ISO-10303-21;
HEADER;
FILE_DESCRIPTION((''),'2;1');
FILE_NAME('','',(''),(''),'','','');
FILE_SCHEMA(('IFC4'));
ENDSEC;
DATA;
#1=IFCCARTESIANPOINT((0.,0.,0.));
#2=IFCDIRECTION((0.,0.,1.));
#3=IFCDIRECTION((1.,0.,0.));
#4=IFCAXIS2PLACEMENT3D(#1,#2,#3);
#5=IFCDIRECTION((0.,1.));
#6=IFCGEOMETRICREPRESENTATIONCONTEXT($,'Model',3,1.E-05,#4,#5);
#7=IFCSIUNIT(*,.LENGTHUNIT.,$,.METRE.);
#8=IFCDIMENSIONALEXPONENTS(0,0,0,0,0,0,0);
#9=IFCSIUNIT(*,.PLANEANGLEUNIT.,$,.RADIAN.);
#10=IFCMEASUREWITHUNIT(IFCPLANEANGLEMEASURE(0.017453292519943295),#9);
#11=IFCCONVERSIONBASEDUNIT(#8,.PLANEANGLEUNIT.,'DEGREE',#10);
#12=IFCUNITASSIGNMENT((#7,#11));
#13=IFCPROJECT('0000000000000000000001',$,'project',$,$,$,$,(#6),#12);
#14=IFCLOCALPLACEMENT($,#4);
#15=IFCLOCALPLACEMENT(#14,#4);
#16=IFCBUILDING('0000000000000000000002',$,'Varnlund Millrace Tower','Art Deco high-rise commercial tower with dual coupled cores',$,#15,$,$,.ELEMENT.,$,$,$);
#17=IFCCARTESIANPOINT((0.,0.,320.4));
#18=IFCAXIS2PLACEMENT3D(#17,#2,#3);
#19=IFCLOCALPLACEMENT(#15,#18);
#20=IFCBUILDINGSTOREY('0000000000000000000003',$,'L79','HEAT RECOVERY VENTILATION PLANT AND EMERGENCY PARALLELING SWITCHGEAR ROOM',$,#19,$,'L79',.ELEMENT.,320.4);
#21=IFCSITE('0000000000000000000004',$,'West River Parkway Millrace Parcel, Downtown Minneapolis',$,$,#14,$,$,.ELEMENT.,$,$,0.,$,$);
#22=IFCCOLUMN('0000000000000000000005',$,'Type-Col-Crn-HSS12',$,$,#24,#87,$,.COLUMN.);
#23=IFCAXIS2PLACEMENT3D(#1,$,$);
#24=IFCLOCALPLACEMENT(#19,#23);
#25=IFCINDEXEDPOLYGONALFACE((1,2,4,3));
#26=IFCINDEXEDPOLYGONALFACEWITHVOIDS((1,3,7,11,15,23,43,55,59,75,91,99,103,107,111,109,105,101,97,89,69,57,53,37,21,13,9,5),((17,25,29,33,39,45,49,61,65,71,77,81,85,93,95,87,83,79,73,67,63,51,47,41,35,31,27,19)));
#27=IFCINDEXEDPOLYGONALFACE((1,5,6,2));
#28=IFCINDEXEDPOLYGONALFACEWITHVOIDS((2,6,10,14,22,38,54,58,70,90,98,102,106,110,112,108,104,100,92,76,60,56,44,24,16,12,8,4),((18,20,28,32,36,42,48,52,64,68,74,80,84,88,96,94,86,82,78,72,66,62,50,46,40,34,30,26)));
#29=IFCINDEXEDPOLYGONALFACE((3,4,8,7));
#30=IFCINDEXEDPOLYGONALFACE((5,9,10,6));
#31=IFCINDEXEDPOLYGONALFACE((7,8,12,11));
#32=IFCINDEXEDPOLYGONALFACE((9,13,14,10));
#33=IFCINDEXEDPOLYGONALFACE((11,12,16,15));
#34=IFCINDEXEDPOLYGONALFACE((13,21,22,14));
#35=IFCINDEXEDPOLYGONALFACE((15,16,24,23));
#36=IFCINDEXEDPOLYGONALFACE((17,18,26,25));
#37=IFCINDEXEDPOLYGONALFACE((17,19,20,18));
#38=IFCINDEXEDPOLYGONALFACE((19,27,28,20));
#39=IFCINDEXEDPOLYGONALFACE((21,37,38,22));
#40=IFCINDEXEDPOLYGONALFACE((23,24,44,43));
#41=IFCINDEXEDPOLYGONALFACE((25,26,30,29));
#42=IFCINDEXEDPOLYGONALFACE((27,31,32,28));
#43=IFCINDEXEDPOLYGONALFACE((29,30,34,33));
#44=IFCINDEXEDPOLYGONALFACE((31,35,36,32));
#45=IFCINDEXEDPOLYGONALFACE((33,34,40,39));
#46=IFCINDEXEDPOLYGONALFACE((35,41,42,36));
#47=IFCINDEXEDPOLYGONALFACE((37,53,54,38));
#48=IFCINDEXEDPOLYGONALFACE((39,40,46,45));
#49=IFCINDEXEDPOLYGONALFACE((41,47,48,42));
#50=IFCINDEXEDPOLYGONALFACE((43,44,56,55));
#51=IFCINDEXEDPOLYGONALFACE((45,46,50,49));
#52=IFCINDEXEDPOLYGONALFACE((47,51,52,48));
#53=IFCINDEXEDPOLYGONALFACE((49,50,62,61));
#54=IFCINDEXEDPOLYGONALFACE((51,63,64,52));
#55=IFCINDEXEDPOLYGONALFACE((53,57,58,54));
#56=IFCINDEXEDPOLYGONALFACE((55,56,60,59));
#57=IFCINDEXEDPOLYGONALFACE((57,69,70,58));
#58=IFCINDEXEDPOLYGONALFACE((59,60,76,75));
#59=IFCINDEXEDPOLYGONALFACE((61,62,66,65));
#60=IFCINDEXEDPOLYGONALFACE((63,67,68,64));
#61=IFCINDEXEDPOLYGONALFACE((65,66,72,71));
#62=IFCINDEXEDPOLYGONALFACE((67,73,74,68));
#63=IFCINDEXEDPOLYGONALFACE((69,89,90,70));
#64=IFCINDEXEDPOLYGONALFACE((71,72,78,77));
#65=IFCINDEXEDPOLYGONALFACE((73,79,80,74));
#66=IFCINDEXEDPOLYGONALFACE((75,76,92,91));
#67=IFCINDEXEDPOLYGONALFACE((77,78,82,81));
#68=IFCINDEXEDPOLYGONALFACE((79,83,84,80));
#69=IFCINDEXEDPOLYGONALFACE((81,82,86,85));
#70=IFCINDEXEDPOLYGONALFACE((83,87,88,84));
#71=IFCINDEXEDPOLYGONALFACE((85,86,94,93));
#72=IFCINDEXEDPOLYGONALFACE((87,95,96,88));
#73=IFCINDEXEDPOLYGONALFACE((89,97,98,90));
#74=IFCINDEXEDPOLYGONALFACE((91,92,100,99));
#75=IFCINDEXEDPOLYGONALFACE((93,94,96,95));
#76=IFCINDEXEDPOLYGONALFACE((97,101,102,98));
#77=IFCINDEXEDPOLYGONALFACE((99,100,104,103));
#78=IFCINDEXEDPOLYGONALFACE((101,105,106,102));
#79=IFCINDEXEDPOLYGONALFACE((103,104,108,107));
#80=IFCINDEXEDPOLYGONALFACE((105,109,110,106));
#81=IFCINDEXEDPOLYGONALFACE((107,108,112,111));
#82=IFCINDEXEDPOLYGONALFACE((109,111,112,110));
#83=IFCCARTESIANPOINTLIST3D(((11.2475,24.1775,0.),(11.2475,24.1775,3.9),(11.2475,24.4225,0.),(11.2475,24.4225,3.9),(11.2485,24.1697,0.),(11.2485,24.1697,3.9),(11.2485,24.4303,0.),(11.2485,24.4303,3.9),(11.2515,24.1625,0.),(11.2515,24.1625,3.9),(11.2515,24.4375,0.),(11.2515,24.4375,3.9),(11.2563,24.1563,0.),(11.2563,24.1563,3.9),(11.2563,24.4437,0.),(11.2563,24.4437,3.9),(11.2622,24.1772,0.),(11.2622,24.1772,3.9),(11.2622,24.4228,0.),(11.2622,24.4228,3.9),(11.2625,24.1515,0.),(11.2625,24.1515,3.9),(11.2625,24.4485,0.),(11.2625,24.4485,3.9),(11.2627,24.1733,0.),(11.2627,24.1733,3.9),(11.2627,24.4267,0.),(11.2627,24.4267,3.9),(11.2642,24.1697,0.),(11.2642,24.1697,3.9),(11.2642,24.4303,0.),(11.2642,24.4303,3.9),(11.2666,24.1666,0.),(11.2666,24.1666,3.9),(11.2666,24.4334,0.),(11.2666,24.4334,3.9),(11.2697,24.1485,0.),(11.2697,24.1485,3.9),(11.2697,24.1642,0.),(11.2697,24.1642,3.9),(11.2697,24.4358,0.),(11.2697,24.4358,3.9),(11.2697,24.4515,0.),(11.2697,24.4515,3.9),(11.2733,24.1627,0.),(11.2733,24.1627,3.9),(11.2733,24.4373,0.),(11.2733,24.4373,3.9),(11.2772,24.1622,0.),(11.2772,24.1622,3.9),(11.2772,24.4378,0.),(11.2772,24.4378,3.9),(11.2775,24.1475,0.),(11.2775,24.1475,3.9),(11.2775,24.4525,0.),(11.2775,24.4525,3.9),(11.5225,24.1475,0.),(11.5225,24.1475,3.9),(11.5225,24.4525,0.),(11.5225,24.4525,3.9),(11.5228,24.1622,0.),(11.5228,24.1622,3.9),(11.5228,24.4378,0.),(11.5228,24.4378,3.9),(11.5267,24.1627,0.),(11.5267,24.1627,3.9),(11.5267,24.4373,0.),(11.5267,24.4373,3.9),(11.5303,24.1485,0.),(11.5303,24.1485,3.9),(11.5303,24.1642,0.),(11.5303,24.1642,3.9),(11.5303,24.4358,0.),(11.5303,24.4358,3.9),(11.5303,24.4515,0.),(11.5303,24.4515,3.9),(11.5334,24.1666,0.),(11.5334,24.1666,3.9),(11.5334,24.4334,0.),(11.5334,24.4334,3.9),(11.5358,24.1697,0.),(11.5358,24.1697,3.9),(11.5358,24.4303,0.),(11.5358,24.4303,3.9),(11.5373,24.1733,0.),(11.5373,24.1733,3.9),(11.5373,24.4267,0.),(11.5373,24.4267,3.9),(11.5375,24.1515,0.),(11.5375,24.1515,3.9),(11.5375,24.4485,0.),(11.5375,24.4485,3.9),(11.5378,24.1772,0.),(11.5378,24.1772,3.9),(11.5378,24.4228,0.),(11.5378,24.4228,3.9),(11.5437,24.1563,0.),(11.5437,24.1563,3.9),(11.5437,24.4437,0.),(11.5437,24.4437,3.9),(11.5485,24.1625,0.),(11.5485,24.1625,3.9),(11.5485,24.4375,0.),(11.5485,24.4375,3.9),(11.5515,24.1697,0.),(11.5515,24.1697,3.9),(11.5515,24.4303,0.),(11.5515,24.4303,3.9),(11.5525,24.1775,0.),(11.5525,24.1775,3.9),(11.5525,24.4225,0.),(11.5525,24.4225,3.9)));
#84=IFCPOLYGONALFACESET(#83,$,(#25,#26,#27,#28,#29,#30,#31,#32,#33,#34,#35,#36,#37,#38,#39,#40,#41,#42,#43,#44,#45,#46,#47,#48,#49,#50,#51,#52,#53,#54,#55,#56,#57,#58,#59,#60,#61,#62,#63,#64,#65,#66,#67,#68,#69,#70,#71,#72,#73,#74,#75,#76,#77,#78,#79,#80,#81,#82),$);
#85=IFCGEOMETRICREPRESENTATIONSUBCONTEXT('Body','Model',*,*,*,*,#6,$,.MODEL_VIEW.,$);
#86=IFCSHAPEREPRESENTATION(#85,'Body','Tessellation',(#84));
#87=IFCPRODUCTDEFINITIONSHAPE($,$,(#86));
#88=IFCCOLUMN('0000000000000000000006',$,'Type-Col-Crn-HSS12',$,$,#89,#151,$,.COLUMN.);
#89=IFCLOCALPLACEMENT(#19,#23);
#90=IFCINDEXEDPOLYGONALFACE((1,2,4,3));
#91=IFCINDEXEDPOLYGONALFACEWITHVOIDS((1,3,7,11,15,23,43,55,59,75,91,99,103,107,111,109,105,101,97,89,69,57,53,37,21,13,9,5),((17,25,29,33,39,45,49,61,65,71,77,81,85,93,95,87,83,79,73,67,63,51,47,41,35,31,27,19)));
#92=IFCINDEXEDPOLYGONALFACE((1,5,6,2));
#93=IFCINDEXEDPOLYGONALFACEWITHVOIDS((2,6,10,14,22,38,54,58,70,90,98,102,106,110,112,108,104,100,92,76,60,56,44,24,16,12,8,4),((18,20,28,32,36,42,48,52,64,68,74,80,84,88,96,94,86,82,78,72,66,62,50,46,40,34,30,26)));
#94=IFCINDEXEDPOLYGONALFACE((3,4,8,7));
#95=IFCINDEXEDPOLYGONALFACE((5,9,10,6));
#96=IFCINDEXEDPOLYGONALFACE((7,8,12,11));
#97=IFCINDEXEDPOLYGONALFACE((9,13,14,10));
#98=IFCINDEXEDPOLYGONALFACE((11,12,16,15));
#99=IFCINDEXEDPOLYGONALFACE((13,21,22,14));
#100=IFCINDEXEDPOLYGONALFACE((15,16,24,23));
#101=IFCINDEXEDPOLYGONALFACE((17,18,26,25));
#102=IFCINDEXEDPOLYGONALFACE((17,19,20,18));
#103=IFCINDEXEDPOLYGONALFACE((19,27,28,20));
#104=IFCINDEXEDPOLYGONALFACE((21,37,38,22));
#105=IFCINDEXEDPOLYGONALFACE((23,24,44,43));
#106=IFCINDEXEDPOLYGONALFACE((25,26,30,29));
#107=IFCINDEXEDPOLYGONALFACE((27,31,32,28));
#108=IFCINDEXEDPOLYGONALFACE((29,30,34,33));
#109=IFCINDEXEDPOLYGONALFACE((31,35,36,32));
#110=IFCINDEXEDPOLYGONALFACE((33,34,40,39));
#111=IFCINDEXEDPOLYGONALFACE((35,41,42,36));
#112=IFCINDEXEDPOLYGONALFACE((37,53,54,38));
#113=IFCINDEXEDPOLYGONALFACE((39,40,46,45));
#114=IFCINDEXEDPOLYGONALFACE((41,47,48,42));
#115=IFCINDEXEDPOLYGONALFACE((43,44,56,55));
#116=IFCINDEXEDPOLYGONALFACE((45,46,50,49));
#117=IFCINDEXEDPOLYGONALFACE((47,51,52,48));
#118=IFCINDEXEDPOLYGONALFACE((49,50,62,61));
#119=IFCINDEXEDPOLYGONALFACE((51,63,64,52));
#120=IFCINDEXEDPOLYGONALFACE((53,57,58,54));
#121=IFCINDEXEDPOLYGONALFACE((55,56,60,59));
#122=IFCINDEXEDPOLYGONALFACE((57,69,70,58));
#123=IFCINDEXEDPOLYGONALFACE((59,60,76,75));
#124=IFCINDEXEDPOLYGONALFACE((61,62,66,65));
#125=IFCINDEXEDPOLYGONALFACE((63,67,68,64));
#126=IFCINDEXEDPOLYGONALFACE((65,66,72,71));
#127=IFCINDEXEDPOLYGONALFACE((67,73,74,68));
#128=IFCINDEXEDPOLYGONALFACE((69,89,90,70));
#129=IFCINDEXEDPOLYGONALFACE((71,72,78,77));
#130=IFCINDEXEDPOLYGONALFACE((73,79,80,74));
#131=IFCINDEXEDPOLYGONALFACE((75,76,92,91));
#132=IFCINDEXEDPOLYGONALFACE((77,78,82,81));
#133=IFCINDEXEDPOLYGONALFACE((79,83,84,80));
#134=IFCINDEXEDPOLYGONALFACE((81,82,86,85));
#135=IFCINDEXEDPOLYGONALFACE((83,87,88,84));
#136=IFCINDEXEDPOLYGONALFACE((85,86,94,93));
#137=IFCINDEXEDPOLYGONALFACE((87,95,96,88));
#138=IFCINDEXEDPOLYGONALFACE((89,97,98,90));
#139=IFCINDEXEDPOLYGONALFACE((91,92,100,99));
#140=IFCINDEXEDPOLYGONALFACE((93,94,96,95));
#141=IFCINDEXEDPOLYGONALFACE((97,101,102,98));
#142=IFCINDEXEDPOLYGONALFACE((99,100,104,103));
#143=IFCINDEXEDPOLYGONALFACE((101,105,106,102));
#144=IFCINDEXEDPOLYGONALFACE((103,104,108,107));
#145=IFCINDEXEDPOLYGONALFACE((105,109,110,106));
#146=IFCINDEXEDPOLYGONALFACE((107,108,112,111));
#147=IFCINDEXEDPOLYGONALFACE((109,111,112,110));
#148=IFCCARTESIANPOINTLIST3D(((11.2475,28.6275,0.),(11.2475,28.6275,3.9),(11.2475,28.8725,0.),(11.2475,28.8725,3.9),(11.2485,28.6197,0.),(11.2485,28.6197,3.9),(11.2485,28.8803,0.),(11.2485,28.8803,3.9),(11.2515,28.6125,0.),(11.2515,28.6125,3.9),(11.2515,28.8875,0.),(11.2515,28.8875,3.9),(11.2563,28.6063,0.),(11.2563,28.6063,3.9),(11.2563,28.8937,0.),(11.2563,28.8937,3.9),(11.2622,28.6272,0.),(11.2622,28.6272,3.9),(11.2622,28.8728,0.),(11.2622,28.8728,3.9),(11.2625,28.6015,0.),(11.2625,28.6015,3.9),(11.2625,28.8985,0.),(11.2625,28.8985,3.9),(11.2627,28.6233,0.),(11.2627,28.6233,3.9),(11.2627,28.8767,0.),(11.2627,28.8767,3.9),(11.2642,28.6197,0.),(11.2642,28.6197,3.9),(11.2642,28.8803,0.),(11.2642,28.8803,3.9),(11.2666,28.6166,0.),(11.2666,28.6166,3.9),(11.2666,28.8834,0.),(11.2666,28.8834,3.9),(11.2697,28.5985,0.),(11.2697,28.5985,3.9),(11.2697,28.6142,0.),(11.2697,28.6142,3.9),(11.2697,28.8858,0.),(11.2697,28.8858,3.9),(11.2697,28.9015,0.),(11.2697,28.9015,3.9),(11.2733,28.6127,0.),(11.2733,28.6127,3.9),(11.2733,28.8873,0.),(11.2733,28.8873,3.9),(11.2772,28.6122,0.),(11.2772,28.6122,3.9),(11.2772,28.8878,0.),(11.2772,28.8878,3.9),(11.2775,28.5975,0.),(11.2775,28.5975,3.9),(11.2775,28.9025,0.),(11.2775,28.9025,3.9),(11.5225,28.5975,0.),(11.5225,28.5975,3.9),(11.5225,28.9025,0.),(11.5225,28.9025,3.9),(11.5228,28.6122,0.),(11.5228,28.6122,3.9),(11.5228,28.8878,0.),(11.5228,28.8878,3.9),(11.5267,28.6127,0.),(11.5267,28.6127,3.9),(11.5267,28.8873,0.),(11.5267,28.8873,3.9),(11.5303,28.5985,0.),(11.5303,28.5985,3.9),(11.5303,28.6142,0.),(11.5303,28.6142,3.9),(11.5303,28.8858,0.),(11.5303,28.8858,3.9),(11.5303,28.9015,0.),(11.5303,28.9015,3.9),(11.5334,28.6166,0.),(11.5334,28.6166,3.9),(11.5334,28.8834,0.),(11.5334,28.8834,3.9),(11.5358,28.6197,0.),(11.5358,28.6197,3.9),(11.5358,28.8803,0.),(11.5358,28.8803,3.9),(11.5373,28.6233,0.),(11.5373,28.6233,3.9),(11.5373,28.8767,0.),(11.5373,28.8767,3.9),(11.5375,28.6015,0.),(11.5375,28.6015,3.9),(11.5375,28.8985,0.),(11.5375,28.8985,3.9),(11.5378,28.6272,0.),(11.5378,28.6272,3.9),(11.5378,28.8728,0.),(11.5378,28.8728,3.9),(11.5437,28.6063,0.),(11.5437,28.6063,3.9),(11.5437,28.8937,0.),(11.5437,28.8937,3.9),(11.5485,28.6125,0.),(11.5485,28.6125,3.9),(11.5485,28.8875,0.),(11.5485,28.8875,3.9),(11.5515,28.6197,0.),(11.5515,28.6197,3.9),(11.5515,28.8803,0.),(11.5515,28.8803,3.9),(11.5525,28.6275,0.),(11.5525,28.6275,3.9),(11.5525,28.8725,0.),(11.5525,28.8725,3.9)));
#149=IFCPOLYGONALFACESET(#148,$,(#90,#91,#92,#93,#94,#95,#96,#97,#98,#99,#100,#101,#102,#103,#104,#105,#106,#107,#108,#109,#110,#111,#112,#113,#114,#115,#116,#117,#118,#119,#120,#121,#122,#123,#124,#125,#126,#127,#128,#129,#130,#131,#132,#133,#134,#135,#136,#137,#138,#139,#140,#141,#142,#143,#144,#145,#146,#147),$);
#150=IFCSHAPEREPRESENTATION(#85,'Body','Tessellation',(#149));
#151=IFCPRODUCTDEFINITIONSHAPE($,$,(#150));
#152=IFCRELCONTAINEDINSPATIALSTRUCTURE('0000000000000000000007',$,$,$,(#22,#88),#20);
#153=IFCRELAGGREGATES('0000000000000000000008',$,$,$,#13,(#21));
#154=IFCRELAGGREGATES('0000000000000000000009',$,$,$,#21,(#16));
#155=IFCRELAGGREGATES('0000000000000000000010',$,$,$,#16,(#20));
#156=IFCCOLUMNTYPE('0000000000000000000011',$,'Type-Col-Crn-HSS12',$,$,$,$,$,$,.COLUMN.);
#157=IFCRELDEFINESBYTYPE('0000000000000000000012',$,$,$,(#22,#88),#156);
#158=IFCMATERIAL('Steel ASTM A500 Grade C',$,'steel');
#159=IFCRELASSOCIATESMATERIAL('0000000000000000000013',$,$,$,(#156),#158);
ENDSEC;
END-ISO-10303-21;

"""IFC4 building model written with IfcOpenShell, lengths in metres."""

from ifc_helpers import new_model, entity, si_unit, converted_unit, direction, frame, origin_with_axes, origin_2d_with_axis, place, context, subcontext, project, spatial, hollow_rectangle, extrude, material, material_profile, profile_set, type_object, element, save


model = new_model("IFC4")

# Units and contexts
model_context = context("Model", 3, precision=1e-05, world=origin_with_axes(), true_north=direction((0.0, 1.0)))
body_context = subcontext(model_context, "Body", "Model", "MODEL_VIEW")
ifc_project = project(units=[si_unit("LENGTHUNIT", "METRE"), converted_unit("PLANEANGLEUNIT", "DEGREE", entity("IfcPlaneAngleMeasure", 0.017453292519943295), si_unit("PLANEANGLEUNIT", "RADIAN"), dimensions=[0, 0, 0, 0, 0, 0, 0])], contexts=[model_context])

# Site, building, storey
site_placement = place(None, origin_with_axes())
site = spatial("IfcSite", under=ifc_project, at=site_placement, Name="West River Parkway Millrace Parcel, Downtown Minneapolis", CompositionType="ELEMENT", RefElevation=0.0)
building_placement = place(site_placement, origin_with_axes())
building = spatial("IfcBuilding", under=site, at=building_placement, Name="Varnlund Millrace Tower", Description="Art Deco high-rise commercial tower with dual coupled cores", CompositionType="ELEMENT")
storey_placement = place(building_placement, frame((0.0, 0.0, 320.4), z_axis=(0.0, 0.0, 1.0), x_axis=(1.0, 0.0, 0.0)))
storey = spatial("IfcBuildingStorey", under=building, at=storey_placement, Name="L79", Description="HEAT RECOVERY VENTILATION PLANT AND EMERGENCY PARALLELING SWITCHGEAR ROOM", LongName="L79", CompositionType="ELEMENT", Elevation=320.4)

# Columns
ifc_material_1 = material(Name="Steel ASTM A500 Grade C", Category="steel")
ifc_material_profile_1 = material_profile(ifc_material_1, hollow_rectangle(XDim=0.305, YDim=0.305, WallThickness=0.0147, InnerFilletRadius=0.015, OuterFilletRadius=0.03, at=origin_2d_with_axis()), Name="Steel ASTM A500 Grade C")
ifc_profile_set_1 = profile_set([ifc_material_profile_1], Name="Steel ASTM A500 Grade C")
column_type = type_object("IfcColumnType", Name="Type-Col-Crn-HSS12", PredefinedType="COLUMN", material=ifc_profile_set_1)
for number, where, z_axis, x_axis, name in (
    (1, (11.4, 24.3, 0.0), (0.0, 0.0, 1.0), (1.0, 0.0, 0.0), "Type-Col-Crn-HSS12"),
    (2, (11.4, 28.75, 0.0), (0.0, 0.0, 1.0), (1.0, 0.0, 0.0), "Type-Col-Crn-HSS12"),
):
    element("IfcColumn", number, at=place(storey_placement, frame(where, z_axis=z_axis, x_axis=x_axis)), inside=storey, type_object=column_type, Name=name, PredefinedType="COLUMN", context=body_context, shape_type="SweptSolid", body=[
        extrude(hollow_rectangle(XDim=0.305, YDim=0.305, WallThickness=0.0147, InnerFilletRadius=0.015, OuterFilletRadius=0.03, at=origin_2d_with_axis()), origin_with_axes(), (0.0, 0.0, 1.0), 3.9),
    ])

save(model, "model.ifc")
